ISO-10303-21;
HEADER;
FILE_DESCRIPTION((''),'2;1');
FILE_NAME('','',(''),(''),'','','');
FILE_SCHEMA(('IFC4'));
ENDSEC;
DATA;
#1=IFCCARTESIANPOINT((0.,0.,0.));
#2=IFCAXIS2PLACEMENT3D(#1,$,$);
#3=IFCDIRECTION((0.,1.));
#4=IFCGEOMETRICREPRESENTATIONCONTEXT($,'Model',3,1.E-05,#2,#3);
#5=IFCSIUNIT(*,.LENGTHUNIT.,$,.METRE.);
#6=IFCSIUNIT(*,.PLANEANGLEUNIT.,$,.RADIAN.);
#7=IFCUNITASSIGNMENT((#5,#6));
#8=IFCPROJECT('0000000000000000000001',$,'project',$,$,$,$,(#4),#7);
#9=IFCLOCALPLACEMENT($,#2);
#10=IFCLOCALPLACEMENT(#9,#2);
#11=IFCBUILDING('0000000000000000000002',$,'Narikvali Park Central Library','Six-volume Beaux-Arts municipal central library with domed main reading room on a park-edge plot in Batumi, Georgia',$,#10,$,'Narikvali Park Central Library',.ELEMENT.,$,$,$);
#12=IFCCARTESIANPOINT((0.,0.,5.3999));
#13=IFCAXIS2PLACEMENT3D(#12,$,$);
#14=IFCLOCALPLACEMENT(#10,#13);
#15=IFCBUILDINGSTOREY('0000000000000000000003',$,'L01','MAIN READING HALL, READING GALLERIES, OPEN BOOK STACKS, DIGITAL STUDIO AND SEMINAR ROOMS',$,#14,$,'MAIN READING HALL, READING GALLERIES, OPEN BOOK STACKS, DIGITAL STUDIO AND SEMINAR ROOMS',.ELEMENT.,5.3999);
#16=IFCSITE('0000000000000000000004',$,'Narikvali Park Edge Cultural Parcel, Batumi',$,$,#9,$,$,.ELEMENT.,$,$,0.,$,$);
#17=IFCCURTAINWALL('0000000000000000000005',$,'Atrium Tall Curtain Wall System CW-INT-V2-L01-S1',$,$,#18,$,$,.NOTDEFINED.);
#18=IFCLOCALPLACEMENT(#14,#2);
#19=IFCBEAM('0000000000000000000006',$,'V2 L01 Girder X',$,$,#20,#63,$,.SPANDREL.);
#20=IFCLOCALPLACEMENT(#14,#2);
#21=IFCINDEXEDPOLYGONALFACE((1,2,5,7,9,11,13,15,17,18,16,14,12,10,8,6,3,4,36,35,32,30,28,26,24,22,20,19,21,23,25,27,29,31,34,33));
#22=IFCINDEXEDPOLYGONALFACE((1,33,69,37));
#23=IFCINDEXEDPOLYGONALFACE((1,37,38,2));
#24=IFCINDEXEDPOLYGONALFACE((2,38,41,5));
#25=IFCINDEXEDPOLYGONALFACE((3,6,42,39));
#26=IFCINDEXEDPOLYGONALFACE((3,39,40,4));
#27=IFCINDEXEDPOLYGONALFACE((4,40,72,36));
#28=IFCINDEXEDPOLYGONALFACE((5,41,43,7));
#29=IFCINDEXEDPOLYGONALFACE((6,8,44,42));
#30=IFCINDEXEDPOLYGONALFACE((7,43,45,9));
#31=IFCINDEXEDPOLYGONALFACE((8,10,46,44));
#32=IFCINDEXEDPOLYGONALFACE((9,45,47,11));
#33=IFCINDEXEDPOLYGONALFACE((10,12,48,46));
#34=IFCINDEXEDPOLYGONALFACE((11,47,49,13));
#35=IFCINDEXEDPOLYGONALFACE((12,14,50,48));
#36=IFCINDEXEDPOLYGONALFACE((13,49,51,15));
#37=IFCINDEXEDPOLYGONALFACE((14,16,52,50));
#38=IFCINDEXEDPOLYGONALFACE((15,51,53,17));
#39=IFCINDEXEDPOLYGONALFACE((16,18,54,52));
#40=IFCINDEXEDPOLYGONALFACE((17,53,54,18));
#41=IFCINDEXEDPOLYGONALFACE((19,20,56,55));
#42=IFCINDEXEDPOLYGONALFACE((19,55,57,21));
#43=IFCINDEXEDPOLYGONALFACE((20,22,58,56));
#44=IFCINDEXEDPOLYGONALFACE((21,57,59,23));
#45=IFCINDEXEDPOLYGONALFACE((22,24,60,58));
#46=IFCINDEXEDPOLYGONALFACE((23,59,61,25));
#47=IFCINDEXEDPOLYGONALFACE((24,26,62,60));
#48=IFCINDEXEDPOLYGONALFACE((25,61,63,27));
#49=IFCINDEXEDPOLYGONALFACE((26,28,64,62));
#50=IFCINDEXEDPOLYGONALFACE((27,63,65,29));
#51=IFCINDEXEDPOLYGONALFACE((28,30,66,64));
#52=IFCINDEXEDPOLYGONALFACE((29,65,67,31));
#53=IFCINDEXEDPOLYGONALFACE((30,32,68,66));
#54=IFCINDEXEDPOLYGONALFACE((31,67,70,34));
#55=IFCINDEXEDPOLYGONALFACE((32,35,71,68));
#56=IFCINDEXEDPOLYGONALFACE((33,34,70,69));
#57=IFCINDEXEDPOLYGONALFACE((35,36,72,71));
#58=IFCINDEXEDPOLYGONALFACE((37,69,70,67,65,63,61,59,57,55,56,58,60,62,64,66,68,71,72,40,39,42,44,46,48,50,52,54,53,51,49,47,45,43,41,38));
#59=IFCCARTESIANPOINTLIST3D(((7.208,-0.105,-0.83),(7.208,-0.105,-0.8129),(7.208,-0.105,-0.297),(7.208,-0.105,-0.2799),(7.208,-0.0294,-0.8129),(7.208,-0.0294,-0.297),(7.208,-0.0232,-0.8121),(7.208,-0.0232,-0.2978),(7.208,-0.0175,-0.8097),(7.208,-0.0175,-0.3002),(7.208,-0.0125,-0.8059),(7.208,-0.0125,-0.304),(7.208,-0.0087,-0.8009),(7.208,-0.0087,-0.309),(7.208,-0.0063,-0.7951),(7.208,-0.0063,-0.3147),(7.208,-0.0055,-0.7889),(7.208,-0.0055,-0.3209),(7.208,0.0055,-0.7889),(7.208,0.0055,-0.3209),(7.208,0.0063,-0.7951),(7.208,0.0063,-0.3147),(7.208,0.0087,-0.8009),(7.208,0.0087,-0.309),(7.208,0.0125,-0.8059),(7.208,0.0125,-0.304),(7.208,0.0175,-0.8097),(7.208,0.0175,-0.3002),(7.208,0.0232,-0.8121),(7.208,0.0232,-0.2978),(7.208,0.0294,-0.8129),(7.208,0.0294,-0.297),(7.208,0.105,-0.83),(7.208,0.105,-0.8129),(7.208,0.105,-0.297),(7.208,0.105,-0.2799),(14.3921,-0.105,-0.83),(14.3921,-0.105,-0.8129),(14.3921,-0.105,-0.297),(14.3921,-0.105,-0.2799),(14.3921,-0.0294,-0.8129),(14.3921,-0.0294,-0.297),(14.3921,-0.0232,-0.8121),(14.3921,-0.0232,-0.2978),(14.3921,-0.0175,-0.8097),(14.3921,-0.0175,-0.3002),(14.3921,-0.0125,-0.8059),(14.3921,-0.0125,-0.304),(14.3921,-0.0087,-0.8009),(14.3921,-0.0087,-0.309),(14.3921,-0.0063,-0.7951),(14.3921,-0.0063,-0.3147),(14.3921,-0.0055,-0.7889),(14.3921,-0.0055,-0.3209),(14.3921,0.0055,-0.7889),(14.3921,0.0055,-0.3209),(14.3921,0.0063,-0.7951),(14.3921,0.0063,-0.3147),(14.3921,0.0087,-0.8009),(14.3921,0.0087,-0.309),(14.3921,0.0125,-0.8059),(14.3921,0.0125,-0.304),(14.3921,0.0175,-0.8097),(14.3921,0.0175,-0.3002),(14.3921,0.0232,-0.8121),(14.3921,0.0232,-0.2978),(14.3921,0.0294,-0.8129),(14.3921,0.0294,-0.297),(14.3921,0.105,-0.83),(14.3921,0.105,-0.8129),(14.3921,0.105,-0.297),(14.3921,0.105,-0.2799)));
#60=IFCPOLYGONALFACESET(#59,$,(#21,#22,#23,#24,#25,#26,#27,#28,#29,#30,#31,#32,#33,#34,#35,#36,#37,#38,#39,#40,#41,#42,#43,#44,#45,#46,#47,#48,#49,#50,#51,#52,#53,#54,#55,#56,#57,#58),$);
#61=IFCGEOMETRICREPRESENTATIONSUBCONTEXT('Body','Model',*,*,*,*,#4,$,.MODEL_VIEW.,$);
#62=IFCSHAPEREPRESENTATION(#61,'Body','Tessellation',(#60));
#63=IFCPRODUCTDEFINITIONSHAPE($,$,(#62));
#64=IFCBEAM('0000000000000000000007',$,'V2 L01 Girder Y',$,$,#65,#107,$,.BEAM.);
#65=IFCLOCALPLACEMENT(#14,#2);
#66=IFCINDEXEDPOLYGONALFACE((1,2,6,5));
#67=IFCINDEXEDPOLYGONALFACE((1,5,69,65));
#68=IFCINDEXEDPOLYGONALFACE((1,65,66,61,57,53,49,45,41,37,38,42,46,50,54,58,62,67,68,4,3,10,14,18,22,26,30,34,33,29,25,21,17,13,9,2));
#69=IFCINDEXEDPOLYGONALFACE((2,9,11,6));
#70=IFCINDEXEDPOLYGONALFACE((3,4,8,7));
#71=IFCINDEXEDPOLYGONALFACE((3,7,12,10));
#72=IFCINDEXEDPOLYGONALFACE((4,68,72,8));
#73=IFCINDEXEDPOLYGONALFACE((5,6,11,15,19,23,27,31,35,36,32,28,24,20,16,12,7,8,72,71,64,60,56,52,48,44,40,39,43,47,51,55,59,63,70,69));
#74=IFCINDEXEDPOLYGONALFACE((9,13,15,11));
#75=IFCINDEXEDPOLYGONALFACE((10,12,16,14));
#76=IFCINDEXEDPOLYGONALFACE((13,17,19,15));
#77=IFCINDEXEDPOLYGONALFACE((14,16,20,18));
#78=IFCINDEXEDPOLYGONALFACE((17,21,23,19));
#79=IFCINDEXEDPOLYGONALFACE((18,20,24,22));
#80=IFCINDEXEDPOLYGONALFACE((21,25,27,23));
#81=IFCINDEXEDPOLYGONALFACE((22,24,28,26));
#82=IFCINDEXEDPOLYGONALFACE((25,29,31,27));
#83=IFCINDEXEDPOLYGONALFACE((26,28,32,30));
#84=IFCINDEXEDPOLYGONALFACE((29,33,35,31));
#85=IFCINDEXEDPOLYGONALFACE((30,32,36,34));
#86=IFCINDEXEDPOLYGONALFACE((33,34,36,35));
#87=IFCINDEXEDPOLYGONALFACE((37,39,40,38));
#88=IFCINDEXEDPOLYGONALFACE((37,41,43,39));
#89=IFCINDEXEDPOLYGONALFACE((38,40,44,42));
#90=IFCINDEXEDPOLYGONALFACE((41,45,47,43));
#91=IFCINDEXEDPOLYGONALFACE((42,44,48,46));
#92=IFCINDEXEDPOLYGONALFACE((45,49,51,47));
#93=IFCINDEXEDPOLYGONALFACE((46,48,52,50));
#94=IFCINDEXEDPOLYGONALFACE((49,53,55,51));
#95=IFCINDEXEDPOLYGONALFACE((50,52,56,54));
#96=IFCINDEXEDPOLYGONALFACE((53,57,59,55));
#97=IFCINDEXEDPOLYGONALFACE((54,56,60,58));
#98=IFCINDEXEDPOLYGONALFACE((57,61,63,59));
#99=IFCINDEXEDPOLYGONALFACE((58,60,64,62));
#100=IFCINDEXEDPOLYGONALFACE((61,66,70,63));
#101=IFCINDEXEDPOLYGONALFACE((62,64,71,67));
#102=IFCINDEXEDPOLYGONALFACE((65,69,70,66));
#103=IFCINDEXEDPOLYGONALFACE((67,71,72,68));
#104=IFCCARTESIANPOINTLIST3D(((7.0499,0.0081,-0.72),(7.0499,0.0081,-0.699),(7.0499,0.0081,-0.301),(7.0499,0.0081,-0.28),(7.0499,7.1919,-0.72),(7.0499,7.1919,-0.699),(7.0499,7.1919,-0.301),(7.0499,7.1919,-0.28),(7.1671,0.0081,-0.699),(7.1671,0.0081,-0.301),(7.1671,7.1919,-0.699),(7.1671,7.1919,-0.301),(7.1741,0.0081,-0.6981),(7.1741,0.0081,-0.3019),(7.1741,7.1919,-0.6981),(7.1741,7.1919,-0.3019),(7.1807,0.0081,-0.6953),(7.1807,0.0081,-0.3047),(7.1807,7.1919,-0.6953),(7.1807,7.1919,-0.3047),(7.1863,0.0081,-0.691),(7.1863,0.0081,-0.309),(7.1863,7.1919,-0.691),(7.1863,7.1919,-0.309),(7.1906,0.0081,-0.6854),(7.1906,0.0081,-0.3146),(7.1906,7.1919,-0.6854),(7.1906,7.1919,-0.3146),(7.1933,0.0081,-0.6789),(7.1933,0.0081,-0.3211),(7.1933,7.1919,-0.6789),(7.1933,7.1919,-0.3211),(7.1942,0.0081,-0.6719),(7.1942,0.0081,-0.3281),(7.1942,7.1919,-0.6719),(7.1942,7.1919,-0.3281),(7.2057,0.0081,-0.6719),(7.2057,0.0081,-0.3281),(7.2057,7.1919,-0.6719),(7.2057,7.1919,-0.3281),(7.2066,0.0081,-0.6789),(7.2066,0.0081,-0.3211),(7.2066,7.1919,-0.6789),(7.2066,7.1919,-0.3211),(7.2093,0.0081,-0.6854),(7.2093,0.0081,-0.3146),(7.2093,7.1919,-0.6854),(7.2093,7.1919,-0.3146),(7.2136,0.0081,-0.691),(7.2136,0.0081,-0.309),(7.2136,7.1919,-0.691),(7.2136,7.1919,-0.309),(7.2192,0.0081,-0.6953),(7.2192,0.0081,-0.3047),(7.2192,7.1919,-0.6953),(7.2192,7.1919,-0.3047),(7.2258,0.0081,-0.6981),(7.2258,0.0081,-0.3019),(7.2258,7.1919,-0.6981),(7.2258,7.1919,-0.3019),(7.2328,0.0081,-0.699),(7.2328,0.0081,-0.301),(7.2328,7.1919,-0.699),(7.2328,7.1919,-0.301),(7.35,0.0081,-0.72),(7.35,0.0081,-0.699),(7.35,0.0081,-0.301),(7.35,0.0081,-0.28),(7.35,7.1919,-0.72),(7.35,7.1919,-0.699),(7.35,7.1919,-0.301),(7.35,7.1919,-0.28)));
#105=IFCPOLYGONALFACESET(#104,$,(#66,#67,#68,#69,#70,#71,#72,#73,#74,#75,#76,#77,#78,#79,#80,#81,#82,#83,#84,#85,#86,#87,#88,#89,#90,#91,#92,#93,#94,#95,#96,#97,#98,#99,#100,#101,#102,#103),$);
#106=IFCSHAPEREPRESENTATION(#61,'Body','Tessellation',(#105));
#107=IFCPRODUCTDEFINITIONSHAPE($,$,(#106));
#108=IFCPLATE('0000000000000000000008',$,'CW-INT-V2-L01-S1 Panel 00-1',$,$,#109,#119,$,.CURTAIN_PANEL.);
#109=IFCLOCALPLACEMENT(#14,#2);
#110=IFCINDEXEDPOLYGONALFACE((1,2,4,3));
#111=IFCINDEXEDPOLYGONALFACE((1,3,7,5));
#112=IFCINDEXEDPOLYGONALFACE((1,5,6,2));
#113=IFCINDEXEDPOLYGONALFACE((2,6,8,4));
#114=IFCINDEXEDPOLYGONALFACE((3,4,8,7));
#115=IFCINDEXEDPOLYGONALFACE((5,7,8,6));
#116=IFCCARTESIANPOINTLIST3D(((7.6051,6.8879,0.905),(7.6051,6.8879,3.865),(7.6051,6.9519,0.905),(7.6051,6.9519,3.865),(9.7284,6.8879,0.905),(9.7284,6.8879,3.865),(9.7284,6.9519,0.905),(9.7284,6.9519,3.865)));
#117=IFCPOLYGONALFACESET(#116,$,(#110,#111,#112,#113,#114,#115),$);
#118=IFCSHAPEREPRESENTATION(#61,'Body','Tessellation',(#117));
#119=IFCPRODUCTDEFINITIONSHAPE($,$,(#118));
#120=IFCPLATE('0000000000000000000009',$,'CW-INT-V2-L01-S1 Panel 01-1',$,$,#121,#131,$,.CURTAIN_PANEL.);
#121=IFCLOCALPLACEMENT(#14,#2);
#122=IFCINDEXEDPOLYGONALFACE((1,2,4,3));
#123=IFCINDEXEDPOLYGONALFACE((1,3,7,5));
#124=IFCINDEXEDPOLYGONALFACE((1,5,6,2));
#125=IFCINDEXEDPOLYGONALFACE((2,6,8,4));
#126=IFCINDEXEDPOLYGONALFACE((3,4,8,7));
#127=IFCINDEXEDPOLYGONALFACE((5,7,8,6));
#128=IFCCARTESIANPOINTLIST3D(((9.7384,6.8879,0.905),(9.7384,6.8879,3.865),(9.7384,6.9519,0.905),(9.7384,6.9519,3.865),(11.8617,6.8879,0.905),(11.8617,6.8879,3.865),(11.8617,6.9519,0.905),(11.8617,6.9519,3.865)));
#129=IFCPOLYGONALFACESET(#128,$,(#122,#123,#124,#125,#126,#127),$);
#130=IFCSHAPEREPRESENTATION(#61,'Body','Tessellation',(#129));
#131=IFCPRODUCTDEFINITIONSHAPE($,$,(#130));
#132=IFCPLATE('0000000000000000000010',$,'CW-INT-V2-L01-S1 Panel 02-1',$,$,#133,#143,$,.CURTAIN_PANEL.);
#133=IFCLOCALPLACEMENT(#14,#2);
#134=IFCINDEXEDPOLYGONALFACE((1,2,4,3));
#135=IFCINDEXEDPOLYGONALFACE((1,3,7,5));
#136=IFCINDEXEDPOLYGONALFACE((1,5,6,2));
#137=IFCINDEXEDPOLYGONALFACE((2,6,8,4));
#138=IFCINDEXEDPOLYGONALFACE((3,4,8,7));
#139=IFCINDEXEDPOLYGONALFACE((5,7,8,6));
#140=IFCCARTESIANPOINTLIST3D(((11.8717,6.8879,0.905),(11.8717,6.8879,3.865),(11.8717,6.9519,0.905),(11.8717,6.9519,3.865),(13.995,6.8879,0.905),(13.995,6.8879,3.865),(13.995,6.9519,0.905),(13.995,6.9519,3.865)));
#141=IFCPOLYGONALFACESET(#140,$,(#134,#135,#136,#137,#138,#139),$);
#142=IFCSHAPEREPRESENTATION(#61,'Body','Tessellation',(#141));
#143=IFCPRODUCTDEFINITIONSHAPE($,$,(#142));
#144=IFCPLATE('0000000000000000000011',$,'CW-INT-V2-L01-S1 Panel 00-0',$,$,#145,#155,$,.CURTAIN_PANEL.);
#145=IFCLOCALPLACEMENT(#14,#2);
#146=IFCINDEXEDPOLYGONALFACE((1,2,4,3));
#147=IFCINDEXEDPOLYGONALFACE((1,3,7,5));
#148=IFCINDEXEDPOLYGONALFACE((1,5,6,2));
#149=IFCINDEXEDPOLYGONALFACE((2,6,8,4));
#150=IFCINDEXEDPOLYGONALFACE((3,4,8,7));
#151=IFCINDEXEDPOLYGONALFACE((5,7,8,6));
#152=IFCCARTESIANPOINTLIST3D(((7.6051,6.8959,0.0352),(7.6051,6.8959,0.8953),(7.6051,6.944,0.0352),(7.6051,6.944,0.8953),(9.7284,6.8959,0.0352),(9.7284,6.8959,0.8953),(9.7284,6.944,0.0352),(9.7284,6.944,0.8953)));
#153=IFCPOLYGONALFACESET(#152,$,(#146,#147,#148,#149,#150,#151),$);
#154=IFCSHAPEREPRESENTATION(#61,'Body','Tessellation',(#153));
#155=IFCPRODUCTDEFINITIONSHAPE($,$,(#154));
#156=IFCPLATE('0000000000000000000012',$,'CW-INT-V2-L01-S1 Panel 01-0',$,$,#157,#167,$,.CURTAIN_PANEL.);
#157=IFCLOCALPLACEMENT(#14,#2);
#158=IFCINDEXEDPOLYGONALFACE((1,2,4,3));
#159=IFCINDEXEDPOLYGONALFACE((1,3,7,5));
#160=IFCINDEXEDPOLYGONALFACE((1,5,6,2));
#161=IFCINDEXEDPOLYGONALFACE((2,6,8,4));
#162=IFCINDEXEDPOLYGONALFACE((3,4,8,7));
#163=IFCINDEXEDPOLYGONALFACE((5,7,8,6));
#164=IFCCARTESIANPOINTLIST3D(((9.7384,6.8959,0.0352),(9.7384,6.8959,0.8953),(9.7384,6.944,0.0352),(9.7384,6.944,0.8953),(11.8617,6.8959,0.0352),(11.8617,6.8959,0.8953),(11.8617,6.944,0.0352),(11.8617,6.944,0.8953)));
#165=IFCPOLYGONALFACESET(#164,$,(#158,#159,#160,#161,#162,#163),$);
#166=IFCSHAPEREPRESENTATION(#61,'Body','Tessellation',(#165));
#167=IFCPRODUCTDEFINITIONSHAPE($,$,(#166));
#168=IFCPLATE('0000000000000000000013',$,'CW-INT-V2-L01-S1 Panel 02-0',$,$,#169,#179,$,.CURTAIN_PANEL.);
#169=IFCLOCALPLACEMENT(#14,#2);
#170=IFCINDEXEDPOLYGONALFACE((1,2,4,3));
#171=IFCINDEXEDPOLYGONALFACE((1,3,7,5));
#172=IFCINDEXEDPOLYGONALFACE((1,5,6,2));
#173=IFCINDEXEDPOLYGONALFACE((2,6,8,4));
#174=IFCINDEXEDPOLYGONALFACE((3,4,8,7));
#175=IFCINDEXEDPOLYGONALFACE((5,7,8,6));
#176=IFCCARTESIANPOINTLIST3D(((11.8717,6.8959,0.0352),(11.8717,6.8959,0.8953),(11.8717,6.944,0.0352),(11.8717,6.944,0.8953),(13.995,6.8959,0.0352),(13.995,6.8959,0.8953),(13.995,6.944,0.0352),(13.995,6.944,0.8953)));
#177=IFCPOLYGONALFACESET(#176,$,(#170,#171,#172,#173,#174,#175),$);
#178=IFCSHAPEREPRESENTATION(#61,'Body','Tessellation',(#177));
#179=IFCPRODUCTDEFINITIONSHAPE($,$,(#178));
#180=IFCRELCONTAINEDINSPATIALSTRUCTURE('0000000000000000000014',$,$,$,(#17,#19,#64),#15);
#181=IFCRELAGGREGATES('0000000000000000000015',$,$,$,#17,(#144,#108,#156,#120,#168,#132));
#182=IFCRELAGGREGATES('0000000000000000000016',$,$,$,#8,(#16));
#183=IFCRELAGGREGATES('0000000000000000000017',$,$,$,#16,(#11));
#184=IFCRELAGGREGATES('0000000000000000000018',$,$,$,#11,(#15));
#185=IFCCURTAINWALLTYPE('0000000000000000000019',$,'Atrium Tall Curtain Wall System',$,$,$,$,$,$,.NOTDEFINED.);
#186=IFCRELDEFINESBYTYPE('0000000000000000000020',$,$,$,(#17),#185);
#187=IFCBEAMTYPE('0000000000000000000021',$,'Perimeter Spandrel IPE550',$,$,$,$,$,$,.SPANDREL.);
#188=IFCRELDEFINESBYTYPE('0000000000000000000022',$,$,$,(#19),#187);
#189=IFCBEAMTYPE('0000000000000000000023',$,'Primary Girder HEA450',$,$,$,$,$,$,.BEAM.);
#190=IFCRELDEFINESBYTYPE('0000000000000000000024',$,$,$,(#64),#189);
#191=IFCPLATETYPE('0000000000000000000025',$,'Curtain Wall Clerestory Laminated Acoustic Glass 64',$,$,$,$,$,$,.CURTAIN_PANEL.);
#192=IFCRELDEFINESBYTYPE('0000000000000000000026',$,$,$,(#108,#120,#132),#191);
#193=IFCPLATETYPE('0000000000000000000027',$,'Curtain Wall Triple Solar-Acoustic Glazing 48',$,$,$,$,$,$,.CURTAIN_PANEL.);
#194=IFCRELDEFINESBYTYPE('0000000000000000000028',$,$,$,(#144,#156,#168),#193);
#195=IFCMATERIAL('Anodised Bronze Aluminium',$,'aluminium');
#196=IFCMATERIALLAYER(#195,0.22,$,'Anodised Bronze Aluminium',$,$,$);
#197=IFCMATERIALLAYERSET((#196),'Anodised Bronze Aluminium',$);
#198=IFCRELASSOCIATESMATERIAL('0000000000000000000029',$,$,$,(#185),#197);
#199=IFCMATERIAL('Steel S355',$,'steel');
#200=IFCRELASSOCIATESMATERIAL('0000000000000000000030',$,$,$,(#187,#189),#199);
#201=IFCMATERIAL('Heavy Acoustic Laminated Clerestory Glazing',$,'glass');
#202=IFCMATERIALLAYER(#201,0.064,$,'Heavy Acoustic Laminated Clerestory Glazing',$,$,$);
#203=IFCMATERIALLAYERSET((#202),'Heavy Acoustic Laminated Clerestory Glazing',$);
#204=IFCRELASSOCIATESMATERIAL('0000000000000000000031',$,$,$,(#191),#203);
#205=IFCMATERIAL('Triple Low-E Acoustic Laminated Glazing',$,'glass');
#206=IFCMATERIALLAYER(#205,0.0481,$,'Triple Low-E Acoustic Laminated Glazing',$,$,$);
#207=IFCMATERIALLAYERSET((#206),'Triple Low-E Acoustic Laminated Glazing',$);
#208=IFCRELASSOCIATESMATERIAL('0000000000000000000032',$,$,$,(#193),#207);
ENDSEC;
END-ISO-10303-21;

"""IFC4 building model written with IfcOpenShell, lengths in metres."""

from ifc_helpers import new_model, si_unit, direction, frame, origin, origin_2d, place, context, subcontext, project, spatial, rectangle, i_section, extrude, material, layer, layer_set, material_profile, profile_set, type_object, element, aggregate, save


model = new_model("IFC4")

# Units and contexts
model_context = context("Model", 3, precision=1e-05, world=origin(), true_north=direction((0.0, 1.0)))
body_context = subcontext(model_context, "Body", "Model", "MODEL_VIEW")
ifc_project = project(units=[si_unit("LENGTHUNIT", "METRE"), si_unit("PLANEANGLEUNIT", "RADIAN")], contexts=[model_context])

# Site, building, storey
site_placement = place(None, origin())
site = spatial("IfcSite", under=ifc_project, at=site_placement, Name="Narikvali Park Edge Cultural Parcel, Batumi", CompositionType="ELEMENT", RefElevation=0.0)
building_placement = place(site_placement, origin())
building = spatial("IfcBuilding", under=site, at=building_placement, Name="Narikvali Park Central Library", Description="Six-volume Beaux-Arts municipal central library with domed main reading room on a park-edge plot in Batumi, Georgia", LongName="Narikvali Park Central Library", CompositionType="ELEMENT")
storey_placement = place(building_placement, frame((0.0, 0.0, 5.3999)))
storey = spatial("IfcBuildingStorey", under=building, at=storey_placement, Name="L01", Description="MAIN READING HALL, READING GALLERIES, OPEN BOOK STACKS, DIGITAL STUDIO AND SEMINAR ROOMS", LongName="MAIN READING HALL, READING GALLERIES, OPEN BOOK STACKS, DIGITAL STUDIO AND SEMINAR ROOMS", CompositionType="ELEMENT", Elevation=5.3999)

# Shared definitions
ifc_material_1 = material(Name="Steel S355", Category="steel")

# Curtain wall
ifc_material_2 = material(Name="Anodised Bronze Aluminium", Category="aluminium")
ifc_layer_1 = layer(ifc_material_2, 0.22, Name="Anodised Bronze Aluminium")
ifc_layer_set_1 = layer_set([ifc_layer_1], Name="Anodised Bronze Aluminium")
curtain_wall_type = type_object("IfcCurtainWallType", Name="Atrium Tall Curtain Wall System", PredefinedType="NOTDEFINED", material=ifc_layer_set_1)
curtain_wall_placement = place(storey_placement, origin())
curtain_wall = element("IfcCurtainWall", 1, at=curtain_wall_placement, inside=storey, type_object=curtain_wall_type, Name="Atrium Tall Curtain Wall System CW-INT-V2-L01-S1", PredefinedType="NOTDEFINED")

# Beams
ifc_material_profile_1 = material_profile(ifc_material_1, i_section(OverallWidth=0.21, OverallDepth=0.55, WebThickness=0.011, FlangeThickness=0.0171, FilletRadius=0.0239, at=origin_2d()), Name="IPE 550")
ifc_profile_set_1 = profile_set([ifc_material_profile_1], Name="Steel S355")
beam_type_1 = type_object("IfcBeamType", Name="Perimeter Spandrel IPE550", PredefinedType="SPANDREL", material=ifc_profile_set_1)
beam_1_placement = place(storey_placement, frame((7.208, 0.0, -0.5549), z_axis=(1.0, 0.0, 0.0), x_axis=(0.0, 1.0, 0.0)))
element("IfcBeam", 2, at=beam_1_placement, inside=storey, type_object=beam_type_1, Name="V2 L01 Girder X", PredefinedType="SPANDREL", context=body_context, shape_type="SweptSolid", body=[
    extrude(i_section(OverallWidth=0.21, OverallDepth=0.55, WebThickness=0.011, FlangeThickness=0.0171, FilletRadius=0.0239, at=origin_2d()), origin(), (0.0, 0.0, 1.0), 7.1841),
])
ifc_material_profile_2 = material_profile(ifc_material_1, i_section(OverallWidth=0.3, OverallDepth=0.4399, WebThickness=0.0115, FlangeThickness=0.021, FilletRadius=0.0271, at=origin_2d()), Name="HEA 450")
ifc_profile_set_2 = profile_set([ifc_material_profile_2], Name="Steel S355")
beam_type_2 = type_object("IfcBeamType", Name="Primary Girder HEA450", PredefinedType="BEAM", material=ifc_profile_set_2)
beam_2_placement = place(storey_placement, frame((7.2, 0.0081, -0.5), z_axis=(0.0, 1.0, 0.0), x_axis=(-1.0, 0.0, 0.0)))
element("IfcBeam", 3, at=beam_2_placement, inside=storey, type_object=beam_type_2, Name="V2 L01 Girder Y", PredefinedType="BEAM", context=body_context, shape_type="SweptSolid", body=[
    extrude(i_section(OverallWidth=0.3, OverallDepth=0.4399, WebThickness=0.0115, FlangeThickness=0.021, FilletRadius=0.0271, at=origin_2d()), origin(), (0.0, 0.0, 1.0), 7.1838),
])

# Plates
ifc_material_3 = material(Name="Heavy Acoustic Laminated Clerestory Glazing", Category="glass")
ifc_layer_2 = layer(ifc_material_3, 0.064, Name="Heavy Acoustic Laminated Clerestory Glazing")
ifc_layer_set_2 = layer_set([ifc_layer_2], Name="Heavy Acoustic Laminated Clerestory Glazing")
plate_type_1 = type_object("IfcPlateType", Name="Curtain Wall Clerestory Laminated Acoustic Glass 64", PredefinedType="CURTAIN_PANEL", material=ifc_layer_set_2)
plate_1_placement = place(storey_placement, frame((8.6667, 6.9199, 0.905), z_axis=(0.0, 0.0, 1.0), x_axis=(1.0, 0.0, 0.0)))
plate_1 = element("IfcPlate", 4, at=plate_1_placement, type_object=plate_type_1, Name="CW-INT-V2-L01-S1 Panel 00-1", PredefinedType="CURTAIN_PANEL", context=body_context, shape_type="SweptSolid", body=[
    extrude(rectangle(XDim=2.1233, YDim=0.064, at=origin_2d()), origin(), (0.0, 0.0, 1.0), 2.96),
])
plate_2_placement = place(storey_placement, frame((10.8, 6.9199, 0.905), z_axis=(0.0, 0.0, 1.0), x_axis=(1.0, 0.0, 0.0)))
plate_2 = element("IfcPlate", 5, at=plate_2_placement, type_object=plate_type_1, Name="CW-INT-V2-L01-S1 Panel 01-1", PredefinedType="CURTAIN_PANEL", context=body_context, shape_type="SweptSolid", body=[
    extrude(rectangle(XDim=2.1233, YDim=0.064, at=origin_2d()), origin(), (0.0, 0.0, 1.0), 2.96),
])
plate_3_placement = place(storey_placement, frame((12.9333, 6.9199, 0.905), z_axis=(0.0, 0.0, 1.0), x_axis=(1.0, 0.0, 0.0)))
plate_3 = element("IfcPlate", 6, at=plate_3_placement, type_object=plate_type_1, Name="CW-INT-V2-L01-S1 Panel 02-1", PredefinedType="CURTAIN_PANEL", context=body_context, shape_type="SweptSolid", body=[
    extrude(rectangle(XDim=2.1233, YDim=0.064, at=origin_2d()), origin(), (0.0, 0.0, 1.0), 2.96),
])
ifc_material_4 = material(Name="Triple Low-E Acoustic Laminated Glazing", Category="glass")
ifc_layer_3 = layer(ifc_material_4, 0.0481, Name="Triple Low-E Acoustic Laminated Glazing")
ifc_layer_set_3 = layer_set([ifc_layer_3], Name="Triple Low-E Acoustic Laminated Glazing")
plate_type_2 = type_object("IfcPlateType", Name="Curtain Wall Triple Solar-Acoustic Glazing 48", PredefinedType="CURTAIN_PANEL", material=ifc_layer_set_3)
plate_4_placement = place(storey_placement, frame((8.6667, 6.9199, 0.0352), z_axis=(0.0, 0.0, 1.0), x_axis=(1.0, 0.0, 0.0)))
plate_4 = element("IfcPlate", 7, at=plate_4_placement, type_object=plate_type_2, Name="CW-INT-V2-L01-S1 Panel 00-0", PredefinedType="CURTAIN_PANEL", context=body_context, shape_type="SweptSolid", body=[
    extrude(rectangle(XDim=2.1233, YDim=0.0481, at=origin_2d()), origin(), (0.0, 0.0, 1.0), 0.8601),
])
plate_5_placement = place(storey_placement, frame((10.8, 6.9199, 0.0352), z_axis=(0.0, 0.0, 1.0), x_axis=(1.0, 0.0, 0.0)))
plate_5 = element("IfcPlate", 8, at=plate_5_placement, type_object=plate_type_2, Name="CW-INT-V2-L01-S1 Panel 01-0", PredefinedType="CURTAIN_PANEL", context=body_context, shape_type="SweptSolid", body=[
    extrude(rectangle(XDim=2.1233, YDim=0.0481, at=origin_2d()), origin(), (0.0, 0.0, 1.0), 0.8601),
])
plate_6_placement = place(storey_placement, frame((12.9333, 6.9199, 0.0352), z_axis=(0.0, 0.0, 1.0), x_axis=(1.0, 0.0, 0.0)))
plate_6 = element("IfcPlate", 9, at=plate_6_placement, type_object=plate_type_2, Name="CW-INT-V2-L01-S1 Panel 02-0", PredefinedType="CURTAIN_PANEL", context=body_context, shape_type="SweptSolid", body=[
    extrude(rectangle(XDim=2.1233, YDim=0.0481, at=origin_2d()), origin(), (0.0, 0.0, 1.0), 0.8601),
])
aggregate(curtain_wall, [plate_4, plate_1, plate_5, plate_2, plate_6, plate_3])

save(model, "model.ifc")
